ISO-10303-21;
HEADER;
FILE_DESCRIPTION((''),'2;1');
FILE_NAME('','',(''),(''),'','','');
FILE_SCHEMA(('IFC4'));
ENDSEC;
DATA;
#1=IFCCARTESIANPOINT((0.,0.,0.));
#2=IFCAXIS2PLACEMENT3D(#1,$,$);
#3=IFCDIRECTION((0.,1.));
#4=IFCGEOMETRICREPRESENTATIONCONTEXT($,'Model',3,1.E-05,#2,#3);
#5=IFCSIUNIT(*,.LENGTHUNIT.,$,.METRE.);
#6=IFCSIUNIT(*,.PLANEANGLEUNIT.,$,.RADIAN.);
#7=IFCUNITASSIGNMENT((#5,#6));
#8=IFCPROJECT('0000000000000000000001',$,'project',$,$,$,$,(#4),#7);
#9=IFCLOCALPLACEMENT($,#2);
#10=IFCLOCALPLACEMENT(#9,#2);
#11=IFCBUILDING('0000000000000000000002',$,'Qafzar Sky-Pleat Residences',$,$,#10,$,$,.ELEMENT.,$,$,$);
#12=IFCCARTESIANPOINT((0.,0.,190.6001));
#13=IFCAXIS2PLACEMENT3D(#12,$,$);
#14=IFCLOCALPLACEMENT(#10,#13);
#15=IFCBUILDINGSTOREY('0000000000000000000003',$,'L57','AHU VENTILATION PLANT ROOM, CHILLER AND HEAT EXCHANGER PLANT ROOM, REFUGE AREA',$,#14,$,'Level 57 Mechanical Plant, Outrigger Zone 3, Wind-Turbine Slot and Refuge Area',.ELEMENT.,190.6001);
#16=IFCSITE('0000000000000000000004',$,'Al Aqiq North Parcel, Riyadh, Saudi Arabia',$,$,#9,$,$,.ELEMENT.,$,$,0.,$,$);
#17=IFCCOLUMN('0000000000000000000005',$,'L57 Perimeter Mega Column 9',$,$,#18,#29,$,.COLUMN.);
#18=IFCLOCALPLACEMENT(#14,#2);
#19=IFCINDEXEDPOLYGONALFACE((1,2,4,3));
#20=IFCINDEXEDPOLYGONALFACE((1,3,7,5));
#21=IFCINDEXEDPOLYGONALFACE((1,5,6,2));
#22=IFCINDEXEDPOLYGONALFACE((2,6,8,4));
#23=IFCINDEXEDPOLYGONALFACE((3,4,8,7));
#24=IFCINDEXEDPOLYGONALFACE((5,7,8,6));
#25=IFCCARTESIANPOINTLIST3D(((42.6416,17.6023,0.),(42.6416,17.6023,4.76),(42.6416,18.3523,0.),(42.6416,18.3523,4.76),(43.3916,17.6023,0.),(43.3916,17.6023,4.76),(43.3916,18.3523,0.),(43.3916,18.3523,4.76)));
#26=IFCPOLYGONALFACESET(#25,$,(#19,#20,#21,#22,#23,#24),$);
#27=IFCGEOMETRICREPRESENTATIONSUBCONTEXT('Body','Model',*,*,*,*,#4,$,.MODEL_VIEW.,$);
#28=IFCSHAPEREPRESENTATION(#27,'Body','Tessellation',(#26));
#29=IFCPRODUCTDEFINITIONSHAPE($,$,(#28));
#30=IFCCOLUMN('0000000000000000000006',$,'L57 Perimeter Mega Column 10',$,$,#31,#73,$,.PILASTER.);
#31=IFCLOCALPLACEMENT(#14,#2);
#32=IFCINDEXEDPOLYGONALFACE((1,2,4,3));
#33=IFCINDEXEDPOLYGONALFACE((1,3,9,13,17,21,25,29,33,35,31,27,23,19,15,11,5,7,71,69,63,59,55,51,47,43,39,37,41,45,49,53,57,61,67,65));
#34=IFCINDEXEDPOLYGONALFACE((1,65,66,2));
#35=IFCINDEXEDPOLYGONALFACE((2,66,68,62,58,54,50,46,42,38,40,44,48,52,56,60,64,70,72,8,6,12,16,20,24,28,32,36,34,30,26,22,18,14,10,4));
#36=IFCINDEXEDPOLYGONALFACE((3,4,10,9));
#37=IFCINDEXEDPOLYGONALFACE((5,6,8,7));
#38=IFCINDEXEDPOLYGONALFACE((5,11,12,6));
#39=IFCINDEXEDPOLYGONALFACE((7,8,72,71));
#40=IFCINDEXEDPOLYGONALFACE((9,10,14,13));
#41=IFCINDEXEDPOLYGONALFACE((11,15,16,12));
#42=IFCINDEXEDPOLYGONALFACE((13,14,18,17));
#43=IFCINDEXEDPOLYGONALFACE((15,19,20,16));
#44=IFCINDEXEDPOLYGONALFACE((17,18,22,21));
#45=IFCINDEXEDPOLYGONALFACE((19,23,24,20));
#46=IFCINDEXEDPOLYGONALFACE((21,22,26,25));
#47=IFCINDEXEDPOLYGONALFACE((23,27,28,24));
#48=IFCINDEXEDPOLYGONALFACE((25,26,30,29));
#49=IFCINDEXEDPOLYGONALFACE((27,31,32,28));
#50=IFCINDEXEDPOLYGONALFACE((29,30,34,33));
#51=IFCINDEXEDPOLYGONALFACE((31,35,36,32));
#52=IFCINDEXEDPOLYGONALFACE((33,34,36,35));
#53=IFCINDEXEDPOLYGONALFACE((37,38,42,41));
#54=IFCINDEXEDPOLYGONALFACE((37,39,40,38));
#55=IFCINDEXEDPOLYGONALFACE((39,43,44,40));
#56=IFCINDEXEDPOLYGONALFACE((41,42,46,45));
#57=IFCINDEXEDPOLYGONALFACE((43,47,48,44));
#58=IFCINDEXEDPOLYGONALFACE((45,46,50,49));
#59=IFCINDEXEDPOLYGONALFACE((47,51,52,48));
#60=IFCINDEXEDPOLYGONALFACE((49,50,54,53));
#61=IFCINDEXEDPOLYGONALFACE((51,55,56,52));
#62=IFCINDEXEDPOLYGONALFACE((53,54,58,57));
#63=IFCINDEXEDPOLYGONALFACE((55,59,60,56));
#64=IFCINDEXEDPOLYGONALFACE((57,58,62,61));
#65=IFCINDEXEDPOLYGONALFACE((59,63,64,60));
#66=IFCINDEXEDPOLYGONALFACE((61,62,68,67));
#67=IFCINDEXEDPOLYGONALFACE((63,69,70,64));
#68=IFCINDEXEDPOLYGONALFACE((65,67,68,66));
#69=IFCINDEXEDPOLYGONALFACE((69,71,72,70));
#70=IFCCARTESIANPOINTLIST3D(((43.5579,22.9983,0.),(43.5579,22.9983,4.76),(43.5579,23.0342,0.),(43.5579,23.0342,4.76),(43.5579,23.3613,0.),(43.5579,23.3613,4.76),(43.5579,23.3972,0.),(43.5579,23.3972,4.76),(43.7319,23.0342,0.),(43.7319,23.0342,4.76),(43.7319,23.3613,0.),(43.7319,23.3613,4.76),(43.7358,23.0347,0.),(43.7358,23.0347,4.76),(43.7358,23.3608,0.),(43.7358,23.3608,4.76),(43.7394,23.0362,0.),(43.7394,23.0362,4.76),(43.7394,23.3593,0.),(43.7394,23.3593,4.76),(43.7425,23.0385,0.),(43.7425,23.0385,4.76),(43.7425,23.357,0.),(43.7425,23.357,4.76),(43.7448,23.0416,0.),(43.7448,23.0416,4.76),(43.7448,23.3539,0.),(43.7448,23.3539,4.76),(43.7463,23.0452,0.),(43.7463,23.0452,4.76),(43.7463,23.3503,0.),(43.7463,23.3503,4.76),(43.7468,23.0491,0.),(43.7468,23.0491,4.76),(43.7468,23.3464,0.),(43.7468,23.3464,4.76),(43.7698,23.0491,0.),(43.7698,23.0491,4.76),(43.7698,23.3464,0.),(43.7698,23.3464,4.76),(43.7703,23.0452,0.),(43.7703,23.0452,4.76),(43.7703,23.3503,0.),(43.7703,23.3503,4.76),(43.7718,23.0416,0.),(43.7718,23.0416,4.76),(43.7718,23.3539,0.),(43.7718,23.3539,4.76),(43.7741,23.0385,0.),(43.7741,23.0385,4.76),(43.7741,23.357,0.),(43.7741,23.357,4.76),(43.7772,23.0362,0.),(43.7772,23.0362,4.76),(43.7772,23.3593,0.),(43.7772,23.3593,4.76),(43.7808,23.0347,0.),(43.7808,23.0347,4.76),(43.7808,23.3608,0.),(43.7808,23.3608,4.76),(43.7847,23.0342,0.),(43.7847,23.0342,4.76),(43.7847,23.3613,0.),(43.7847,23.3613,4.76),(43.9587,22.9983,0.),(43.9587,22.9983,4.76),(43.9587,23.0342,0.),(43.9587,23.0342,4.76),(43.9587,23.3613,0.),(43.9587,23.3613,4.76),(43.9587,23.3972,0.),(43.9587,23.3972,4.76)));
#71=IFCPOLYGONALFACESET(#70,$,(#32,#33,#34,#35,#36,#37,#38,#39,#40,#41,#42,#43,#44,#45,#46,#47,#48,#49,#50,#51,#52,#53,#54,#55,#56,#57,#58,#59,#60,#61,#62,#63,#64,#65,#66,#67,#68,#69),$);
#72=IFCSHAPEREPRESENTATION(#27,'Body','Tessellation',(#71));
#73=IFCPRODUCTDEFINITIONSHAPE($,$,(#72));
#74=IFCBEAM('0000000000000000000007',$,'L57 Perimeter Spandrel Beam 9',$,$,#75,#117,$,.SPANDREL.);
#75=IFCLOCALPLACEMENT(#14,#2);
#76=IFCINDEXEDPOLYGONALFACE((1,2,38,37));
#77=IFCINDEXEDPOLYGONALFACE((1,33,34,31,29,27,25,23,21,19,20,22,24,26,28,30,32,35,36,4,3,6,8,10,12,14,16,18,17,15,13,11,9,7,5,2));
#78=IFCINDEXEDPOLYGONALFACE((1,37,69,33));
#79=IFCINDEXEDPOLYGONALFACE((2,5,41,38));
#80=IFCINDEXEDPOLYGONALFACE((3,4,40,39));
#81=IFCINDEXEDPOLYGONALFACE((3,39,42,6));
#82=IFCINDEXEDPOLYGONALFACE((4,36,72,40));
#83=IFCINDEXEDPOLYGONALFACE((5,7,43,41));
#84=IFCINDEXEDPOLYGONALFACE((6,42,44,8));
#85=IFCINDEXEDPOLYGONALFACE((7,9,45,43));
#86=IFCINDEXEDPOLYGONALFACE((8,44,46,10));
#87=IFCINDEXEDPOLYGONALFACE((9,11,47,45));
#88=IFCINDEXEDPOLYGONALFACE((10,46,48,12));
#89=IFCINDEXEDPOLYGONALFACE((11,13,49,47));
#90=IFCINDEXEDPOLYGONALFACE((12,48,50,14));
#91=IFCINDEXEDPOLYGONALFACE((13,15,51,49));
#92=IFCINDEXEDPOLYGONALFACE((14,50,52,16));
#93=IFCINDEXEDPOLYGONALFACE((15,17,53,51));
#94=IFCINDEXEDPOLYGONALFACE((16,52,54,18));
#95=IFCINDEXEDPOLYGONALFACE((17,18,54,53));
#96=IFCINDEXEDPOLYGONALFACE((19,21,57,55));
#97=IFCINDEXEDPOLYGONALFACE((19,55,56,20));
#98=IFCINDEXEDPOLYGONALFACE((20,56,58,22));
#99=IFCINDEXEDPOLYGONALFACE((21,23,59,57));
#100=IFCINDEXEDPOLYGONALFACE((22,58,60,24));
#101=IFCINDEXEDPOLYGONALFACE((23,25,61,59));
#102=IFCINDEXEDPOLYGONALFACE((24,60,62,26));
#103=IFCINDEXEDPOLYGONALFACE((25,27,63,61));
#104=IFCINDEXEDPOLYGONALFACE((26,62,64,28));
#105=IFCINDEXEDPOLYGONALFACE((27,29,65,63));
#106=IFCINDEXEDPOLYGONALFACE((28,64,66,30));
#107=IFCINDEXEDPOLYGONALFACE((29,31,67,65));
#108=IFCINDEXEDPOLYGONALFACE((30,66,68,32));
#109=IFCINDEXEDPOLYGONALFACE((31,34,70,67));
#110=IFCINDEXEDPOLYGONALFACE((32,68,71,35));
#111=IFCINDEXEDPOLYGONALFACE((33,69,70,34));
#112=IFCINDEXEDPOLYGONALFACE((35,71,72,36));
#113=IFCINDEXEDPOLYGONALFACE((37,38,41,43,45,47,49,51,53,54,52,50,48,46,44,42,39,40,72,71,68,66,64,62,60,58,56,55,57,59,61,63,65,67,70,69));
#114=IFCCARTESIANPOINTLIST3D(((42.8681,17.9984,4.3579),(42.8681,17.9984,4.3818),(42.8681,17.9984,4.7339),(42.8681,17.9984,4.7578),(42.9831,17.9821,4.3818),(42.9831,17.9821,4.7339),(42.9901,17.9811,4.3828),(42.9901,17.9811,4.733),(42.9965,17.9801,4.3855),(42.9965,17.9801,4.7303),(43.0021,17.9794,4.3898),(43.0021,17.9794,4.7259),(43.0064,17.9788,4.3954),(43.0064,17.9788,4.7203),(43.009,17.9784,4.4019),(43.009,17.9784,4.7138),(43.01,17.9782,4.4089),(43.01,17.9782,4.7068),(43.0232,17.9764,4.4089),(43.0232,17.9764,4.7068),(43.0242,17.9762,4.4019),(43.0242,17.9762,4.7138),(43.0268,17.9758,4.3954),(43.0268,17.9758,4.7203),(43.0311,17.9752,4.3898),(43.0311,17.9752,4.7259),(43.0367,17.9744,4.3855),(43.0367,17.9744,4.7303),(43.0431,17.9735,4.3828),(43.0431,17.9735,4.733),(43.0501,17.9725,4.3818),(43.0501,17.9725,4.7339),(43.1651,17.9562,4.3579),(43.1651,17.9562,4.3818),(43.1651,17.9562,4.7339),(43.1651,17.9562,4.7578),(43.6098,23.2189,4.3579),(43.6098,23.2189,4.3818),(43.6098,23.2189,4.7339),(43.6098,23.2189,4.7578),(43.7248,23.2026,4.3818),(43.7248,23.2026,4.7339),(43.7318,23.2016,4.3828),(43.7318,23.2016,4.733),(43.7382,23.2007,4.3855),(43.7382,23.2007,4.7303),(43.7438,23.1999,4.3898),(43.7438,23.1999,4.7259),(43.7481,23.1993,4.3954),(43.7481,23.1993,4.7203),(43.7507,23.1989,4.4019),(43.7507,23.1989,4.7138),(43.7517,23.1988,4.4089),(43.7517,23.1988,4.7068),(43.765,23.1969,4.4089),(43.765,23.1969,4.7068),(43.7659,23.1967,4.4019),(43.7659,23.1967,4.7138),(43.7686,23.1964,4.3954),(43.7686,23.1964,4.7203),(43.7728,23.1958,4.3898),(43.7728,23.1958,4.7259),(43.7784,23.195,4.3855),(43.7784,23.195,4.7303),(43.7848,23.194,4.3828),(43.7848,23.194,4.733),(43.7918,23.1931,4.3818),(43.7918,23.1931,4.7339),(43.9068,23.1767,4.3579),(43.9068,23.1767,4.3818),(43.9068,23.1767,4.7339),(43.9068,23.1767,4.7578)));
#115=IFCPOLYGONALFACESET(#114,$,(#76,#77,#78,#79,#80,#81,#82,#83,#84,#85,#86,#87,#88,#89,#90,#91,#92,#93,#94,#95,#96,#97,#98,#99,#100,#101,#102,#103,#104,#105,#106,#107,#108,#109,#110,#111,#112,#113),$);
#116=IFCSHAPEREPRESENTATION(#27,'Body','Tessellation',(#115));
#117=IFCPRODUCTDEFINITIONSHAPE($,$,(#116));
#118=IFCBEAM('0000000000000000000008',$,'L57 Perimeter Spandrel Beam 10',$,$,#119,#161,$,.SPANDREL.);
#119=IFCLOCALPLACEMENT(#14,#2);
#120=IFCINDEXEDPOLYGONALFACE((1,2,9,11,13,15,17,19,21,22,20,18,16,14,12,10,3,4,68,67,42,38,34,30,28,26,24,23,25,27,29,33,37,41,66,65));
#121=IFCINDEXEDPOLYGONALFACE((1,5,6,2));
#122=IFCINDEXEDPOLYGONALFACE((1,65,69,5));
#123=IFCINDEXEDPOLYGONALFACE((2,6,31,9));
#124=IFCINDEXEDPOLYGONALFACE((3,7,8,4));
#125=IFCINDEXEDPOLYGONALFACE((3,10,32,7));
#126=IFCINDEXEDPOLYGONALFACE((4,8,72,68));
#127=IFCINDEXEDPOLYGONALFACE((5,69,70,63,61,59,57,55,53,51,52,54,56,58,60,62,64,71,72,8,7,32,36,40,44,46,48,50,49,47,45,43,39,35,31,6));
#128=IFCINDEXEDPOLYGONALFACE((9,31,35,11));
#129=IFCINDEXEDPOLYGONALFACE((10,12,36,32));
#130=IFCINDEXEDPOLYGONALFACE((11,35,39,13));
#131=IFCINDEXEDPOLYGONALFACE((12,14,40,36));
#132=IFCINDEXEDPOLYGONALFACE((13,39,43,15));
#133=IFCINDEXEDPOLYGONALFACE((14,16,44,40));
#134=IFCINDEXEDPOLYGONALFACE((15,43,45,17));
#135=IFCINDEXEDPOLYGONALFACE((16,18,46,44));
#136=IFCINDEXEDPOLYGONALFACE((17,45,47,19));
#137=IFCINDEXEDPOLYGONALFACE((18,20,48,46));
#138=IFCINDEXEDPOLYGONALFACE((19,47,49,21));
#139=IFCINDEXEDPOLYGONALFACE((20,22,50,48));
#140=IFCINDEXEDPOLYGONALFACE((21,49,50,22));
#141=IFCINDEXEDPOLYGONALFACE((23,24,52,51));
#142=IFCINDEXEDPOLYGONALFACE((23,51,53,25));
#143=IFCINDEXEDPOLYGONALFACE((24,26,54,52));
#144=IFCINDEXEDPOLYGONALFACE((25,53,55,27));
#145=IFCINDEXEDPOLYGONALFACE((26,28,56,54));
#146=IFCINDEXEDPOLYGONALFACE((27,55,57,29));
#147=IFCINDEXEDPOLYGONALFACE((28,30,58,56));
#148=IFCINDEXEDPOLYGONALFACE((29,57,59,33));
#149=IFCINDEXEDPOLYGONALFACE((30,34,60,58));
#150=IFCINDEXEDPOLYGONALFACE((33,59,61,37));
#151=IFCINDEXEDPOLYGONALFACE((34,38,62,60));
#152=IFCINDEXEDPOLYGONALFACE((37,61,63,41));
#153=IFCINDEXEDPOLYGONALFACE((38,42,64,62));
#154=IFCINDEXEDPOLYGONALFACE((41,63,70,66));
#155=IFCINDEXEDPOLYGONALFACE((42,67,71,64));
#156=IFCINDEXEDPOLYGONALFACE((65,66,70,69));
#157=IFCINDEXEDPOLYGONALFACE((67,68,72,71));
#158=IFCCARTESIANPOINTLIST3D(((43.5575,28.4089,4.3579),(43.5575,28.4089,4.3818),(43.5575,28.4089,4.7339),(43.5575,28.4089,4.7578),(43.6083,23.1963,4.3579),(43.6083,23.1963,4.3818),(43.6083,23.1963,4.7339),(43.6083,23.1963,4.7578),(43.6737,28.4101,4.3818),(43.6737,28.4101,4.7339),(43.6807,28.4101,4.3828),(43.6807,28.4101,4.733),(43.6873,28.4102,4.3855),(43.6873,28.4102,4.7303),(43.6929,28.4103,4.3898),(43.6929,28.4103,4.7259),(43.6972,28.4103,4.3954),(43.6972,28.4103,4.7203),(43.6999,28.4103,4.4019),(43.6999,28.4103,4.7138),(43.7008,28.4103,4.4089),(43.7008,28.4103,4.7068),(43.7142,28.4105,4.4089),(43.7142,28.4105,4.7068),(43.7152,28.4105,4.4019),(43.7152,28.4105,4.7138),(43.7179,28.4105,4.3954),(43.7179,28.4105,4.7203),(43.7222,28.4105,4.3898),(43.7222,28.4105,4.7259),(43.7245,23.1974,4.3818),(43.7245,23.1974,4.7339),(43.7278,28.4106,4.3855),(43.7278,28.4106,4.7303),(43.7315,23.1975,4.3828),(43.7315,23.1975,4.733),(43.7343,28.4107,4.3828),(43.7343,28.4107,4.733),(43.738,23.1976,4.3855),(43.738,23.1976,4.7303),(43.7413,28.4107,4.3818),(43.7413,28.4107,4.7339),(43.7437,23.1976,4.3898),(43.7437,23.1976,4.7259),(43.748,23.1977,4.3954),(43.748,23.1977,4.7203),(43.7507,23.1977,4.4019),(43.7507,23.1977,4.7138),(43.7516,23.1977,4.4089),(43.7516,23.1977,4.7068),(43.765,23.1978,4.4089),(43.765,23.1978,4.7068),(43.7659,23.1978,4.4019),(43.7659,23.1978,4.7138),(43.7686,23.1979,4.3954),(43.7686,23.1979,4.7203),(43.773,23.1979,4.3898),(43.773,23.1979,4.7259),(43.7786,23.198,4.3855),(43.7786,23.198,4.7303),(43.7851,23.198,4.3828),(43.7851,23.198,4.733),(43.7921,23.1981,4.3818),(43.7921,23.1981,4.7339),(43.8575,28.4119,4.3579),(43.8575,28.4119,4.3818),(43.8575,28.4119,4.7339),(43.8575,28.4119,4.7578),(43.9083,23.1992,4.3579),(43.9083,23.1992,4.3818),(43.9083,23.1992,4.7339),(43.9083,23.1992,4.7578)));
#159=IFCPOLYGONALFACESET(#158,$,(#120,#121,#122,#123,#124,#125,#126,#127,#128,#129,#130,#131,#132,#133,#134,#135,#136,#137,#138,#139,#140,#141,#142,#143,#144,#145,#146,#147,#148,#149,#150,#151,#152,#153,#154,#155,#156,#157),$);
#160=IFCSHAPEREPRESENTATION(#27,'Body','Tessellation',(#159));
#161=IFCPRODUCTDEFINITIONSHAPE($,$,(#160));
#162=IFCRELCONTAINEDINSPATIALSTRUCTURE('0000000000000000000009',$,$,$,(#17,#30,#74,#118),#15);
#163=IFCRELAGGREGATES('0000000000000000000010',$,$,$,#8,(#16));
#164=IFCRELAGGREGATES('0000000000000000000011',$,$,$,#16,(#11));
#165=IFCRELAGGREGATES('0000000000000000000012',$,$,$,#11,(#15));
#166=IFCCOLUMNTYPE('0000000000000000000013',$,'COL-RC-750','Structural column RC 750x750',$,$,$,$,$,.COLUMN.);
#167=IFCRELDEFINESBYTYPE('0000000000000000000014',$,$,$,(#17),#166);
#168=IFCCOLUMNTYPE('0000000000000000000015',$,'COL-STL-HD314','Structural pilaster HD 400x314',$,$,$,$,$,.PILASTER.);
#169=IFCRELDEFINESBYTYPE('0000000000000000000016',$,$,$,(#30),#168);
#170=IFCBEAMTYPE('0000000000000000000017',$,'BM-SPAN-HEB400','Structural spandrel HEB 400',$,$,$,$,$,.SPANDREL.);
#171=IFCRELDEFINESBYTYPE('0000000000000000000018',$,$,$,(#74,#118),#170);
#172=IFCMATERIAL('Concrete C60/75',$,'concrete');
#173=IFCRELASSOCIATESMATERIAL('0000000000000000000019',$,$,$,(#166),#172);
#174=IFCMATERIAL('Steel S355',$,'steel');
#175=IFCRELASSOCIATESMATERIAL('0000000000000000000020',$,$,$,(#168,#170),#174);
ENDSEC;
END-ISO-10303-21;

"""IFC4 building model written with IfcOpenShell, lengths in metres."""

from ifc_helpers import new_model, si_unit, direction, frame, origin, origin_2d, place, context, subcontext, project, spatial, rectangle, i_section, extrude, source, transform, mapped, material, material_profile, profile_set, type_object, element, save


model = new_model("IFC4")

# Units and contexts
model_context = context("Model", 3, precision=1e-05, world=origin(), true_north=direction((0.0, 1.0)))
body_context = subcontext(model_context, "Body", "Model", "MODEL_VIEW")
ifc_project = project(units=[si_unit("LENGTHUNIT", "METRE"), si_unit("PLANEANGLEUNIT", "RADIAN")], contexts=[model_context])

# Site, building, storey
site_placement = place(None, origin())
site = spatial("IfcSite", under=ifc_project, at=site_placement, Name="Al Aqiq North Parcel, Riyadh, Saudi Arabia", CompositionType="ELEMENT", RefElevation=0.0)
building_placement = place(site_placement, origin())
building = spatial("IfcBuilding", under=site, at=building_placement, Name="Qafzar Sky-Pleat Residences", CompositionType="ELEMENT")
storey_placement = place(building_placement, frame((0.0, 0.0, 190.6001)))
storey = spatial("IfcBuildingStorey", under=building, at=storey_placement, Name="L57", Description="AHU VENTILATION PLANT ROOM, CHILLER AND HEAT EXCHANGER PLANT ROOM, REFUGE AREA", LongName="Level 57 Mechanical Plant, Outrigger Zone 3, Wind-Turbine Slot and Refuge Area", CompositionType="ELEMENT", Elevation=190.6001)

# Columns
ifc_material_1 = material(Name="Concrete C60/75", Category="concrete")
ifc_material_profile_1 = material_profile(ifc_material_1, rectangle(XDim=0.75, YDim=0.75, at=origin_2d()), Name="RC 750x750")
ifc_profile_set_1 = profile_set([ifc_material_profile_1], Name="Concrete C60/75")
column_type_1 = type_object("IfcColumnType", Name="COL-RC-750", Description="Structural column RC 750x750", PredefinedType="COLUMN", material=ifc_profile_set_1)
shared_shape_1 = source(origin(), body_context, "Body", "SweptSolid", [
    extrude(rectangle(XDim=0.75, YDim=0.75, at=origin_2d()), origin(), (0.0, 0.0, 1.0), 4.76),
])
column_1_placement = place(storey_placement, frame((43.0166, 17.9773, 0.0), z_axis=(0.0, 0.0, 1.0), x_axis=(1.0, 0.0, 0.0)))
element("IfcColumn", 1, at=column_1_placement, inside=storey, type_object=column_type_1, Name="L57 Perimeter Mega Column 9", PredefinedType="COLUMN", context=body_context, shape_type="MappedRepresentation", body=[
    mapped(shared_shape_1, transform((0.0, 0.0, 0.0), x_axis=(1.0, 0.0, 0.0), y_axis=(0.0, 1.0, 0.0), z_axis=(0.0, 0.0, 1.0), scale=1.0)),
])
ifc_material_2 = material(Name="Steel S355", Category="steel")
ifc_material_profile_2 = material_profile(ifc_material_2, i_section(OverallWidth=0.4009, OverallDepth=0.3989, WebThickness=0.0229, FlangeThickness=0.0359, FilletRadius=0.0149, at=origin_2d()), Name="HD 400x314")
ifc_profile_set_2 = profile_set([ifc_material_profile_2], Name="Steel S355")
column_type_2 = type_object("IfcColumnType", Name="COL-STL-HD314", Description="Structural pilaster HD 400x314", PredefinedType="PILASTER", material=ifc_profile_set_2)
shared_shape_2 = source(origin(), body_context, "Body", "SweptSolid", [
    extrude(i_section(OverallWidth=0.4009, OverallDepth=0.3989, WebThickness=0.0229, FlangeThickness=0.0359, FilletRadius=0.0149, at=origin_2d()), origin(), (0.0, 0.0, 1.0), 4.76),
])
column_2_placement = place(storey_placement, frame((43.7583, 23.1978, 0.0), z_axis=(0.0, 0.0, 1.0), x_axis=(1.0, 0.0, 0.0)))
element("IfcColumn", 2, at=column_2_placement, inside=storey, type_object=column_type_2, Name="L57 Perimeter Mega Column 10", PredefinedType="PILASTER", context=body_context, shape_type="MappedRepresentation", body=[
    mapped(shared_shape_2, transform((0.0, 0.0, 0.0), x_axis=(1.0, 0.0, 0.0), y_axis=(0.0, 1.0, 0.0), z_axis=(0.0, 0.0, 1.0), scale=1.0)),
])

# Beams
ifc_material_profile_3 = material_profile(ifc_material_2, i_section(OverallWidth=0.3, OverallDepth=0.3999, WebThickness=0.0134, FlangeThickness=0.0239, FilletRadius=0.0271, at=origin_2d()), Name="HEB 400")
ifc_profile_set_3 = profile_set([ifc_material_profile_3], Name="Steel S355")
beam_type_1 = type_object("IfcBeamType", Name="BM-SPAN-HEB400", Description="Structural spandrel HEB 400", PredefinedType="SPANDREL", material=ifc_profile_set_3)
shared_shape_3 = source(origin(), body_context, "Body", "SweptSolid", [
    extrude(i_section(OverallWidth=0.3, OverallDepth=0.3999, WebThickness=0.0134, FlangeThickness=0.0239, FilletRadius=0.0271, at=origin_2d()), origin(), (0.0, 0.0, 1.0), 5.2729),
])
beam_1_placement = place(storey_placement, frame((43.0166, 17.9773, 4.5579), z_axis=(0.140663, 0.990058, 0.0), x_axis=(-0.990058, 0.140663, 0.0)))
element("IfcBeam", 3, at=beam_1_placement, inside=storey, type_object=beam_type_1, Name="L57 Perimeter Spandrel Beam 9", PredefinedType="SPANDREL", context=body_context, shape_type="MappedRepresentation", body=[
    mapped(shared_shape_3, transform((0.0, 0.0, 0.0), x_axis=(1.0, 0.0, 0.0), y_axis=(0.0, 1.0, 0.0), z_axis=(0.0, 0.0, 1.0), scale=1.0)),
])
shared_shape_4 = source(origin(), body_context, "Body", "SweptSolid", [
    extrude(i_section(OverallWidth=0.3, OverallDepth=0.3999, WebThickness=0.0134, FlangeThickness=0.0239, FilletRadius=0.0271, at=origin_2d()), origin(), (0.0, 0.0, 1.0), 5.2129),
])
beam_2_placement = place(storey_placement, frame((43.7583, 23.1978, 4.5579), z_axis=(-0.009741, 0.999953, 0.0), x_axis=(-0.999953, -0.009741, 0.0)))
element("IfcBeam", 4, at=beam_2_placement, inside=storey, type_object=beam_type_1, Name="L57 Perimeter Spandrel Beam 10", PredefinedType="SPANDREL", context=body_context, shape_type="MappedRepresentation", body=[
    mapped(shared_shape_4, transform((0.0, 0.0, 0.0), x_axis=(1.0, 0.0, 0.0), y_axis=(0.0, 1.0, 0.0), z_axis=(0.0, 0.0, 1.0), scale=1.0)),
])

save(model, "model.ifc")
